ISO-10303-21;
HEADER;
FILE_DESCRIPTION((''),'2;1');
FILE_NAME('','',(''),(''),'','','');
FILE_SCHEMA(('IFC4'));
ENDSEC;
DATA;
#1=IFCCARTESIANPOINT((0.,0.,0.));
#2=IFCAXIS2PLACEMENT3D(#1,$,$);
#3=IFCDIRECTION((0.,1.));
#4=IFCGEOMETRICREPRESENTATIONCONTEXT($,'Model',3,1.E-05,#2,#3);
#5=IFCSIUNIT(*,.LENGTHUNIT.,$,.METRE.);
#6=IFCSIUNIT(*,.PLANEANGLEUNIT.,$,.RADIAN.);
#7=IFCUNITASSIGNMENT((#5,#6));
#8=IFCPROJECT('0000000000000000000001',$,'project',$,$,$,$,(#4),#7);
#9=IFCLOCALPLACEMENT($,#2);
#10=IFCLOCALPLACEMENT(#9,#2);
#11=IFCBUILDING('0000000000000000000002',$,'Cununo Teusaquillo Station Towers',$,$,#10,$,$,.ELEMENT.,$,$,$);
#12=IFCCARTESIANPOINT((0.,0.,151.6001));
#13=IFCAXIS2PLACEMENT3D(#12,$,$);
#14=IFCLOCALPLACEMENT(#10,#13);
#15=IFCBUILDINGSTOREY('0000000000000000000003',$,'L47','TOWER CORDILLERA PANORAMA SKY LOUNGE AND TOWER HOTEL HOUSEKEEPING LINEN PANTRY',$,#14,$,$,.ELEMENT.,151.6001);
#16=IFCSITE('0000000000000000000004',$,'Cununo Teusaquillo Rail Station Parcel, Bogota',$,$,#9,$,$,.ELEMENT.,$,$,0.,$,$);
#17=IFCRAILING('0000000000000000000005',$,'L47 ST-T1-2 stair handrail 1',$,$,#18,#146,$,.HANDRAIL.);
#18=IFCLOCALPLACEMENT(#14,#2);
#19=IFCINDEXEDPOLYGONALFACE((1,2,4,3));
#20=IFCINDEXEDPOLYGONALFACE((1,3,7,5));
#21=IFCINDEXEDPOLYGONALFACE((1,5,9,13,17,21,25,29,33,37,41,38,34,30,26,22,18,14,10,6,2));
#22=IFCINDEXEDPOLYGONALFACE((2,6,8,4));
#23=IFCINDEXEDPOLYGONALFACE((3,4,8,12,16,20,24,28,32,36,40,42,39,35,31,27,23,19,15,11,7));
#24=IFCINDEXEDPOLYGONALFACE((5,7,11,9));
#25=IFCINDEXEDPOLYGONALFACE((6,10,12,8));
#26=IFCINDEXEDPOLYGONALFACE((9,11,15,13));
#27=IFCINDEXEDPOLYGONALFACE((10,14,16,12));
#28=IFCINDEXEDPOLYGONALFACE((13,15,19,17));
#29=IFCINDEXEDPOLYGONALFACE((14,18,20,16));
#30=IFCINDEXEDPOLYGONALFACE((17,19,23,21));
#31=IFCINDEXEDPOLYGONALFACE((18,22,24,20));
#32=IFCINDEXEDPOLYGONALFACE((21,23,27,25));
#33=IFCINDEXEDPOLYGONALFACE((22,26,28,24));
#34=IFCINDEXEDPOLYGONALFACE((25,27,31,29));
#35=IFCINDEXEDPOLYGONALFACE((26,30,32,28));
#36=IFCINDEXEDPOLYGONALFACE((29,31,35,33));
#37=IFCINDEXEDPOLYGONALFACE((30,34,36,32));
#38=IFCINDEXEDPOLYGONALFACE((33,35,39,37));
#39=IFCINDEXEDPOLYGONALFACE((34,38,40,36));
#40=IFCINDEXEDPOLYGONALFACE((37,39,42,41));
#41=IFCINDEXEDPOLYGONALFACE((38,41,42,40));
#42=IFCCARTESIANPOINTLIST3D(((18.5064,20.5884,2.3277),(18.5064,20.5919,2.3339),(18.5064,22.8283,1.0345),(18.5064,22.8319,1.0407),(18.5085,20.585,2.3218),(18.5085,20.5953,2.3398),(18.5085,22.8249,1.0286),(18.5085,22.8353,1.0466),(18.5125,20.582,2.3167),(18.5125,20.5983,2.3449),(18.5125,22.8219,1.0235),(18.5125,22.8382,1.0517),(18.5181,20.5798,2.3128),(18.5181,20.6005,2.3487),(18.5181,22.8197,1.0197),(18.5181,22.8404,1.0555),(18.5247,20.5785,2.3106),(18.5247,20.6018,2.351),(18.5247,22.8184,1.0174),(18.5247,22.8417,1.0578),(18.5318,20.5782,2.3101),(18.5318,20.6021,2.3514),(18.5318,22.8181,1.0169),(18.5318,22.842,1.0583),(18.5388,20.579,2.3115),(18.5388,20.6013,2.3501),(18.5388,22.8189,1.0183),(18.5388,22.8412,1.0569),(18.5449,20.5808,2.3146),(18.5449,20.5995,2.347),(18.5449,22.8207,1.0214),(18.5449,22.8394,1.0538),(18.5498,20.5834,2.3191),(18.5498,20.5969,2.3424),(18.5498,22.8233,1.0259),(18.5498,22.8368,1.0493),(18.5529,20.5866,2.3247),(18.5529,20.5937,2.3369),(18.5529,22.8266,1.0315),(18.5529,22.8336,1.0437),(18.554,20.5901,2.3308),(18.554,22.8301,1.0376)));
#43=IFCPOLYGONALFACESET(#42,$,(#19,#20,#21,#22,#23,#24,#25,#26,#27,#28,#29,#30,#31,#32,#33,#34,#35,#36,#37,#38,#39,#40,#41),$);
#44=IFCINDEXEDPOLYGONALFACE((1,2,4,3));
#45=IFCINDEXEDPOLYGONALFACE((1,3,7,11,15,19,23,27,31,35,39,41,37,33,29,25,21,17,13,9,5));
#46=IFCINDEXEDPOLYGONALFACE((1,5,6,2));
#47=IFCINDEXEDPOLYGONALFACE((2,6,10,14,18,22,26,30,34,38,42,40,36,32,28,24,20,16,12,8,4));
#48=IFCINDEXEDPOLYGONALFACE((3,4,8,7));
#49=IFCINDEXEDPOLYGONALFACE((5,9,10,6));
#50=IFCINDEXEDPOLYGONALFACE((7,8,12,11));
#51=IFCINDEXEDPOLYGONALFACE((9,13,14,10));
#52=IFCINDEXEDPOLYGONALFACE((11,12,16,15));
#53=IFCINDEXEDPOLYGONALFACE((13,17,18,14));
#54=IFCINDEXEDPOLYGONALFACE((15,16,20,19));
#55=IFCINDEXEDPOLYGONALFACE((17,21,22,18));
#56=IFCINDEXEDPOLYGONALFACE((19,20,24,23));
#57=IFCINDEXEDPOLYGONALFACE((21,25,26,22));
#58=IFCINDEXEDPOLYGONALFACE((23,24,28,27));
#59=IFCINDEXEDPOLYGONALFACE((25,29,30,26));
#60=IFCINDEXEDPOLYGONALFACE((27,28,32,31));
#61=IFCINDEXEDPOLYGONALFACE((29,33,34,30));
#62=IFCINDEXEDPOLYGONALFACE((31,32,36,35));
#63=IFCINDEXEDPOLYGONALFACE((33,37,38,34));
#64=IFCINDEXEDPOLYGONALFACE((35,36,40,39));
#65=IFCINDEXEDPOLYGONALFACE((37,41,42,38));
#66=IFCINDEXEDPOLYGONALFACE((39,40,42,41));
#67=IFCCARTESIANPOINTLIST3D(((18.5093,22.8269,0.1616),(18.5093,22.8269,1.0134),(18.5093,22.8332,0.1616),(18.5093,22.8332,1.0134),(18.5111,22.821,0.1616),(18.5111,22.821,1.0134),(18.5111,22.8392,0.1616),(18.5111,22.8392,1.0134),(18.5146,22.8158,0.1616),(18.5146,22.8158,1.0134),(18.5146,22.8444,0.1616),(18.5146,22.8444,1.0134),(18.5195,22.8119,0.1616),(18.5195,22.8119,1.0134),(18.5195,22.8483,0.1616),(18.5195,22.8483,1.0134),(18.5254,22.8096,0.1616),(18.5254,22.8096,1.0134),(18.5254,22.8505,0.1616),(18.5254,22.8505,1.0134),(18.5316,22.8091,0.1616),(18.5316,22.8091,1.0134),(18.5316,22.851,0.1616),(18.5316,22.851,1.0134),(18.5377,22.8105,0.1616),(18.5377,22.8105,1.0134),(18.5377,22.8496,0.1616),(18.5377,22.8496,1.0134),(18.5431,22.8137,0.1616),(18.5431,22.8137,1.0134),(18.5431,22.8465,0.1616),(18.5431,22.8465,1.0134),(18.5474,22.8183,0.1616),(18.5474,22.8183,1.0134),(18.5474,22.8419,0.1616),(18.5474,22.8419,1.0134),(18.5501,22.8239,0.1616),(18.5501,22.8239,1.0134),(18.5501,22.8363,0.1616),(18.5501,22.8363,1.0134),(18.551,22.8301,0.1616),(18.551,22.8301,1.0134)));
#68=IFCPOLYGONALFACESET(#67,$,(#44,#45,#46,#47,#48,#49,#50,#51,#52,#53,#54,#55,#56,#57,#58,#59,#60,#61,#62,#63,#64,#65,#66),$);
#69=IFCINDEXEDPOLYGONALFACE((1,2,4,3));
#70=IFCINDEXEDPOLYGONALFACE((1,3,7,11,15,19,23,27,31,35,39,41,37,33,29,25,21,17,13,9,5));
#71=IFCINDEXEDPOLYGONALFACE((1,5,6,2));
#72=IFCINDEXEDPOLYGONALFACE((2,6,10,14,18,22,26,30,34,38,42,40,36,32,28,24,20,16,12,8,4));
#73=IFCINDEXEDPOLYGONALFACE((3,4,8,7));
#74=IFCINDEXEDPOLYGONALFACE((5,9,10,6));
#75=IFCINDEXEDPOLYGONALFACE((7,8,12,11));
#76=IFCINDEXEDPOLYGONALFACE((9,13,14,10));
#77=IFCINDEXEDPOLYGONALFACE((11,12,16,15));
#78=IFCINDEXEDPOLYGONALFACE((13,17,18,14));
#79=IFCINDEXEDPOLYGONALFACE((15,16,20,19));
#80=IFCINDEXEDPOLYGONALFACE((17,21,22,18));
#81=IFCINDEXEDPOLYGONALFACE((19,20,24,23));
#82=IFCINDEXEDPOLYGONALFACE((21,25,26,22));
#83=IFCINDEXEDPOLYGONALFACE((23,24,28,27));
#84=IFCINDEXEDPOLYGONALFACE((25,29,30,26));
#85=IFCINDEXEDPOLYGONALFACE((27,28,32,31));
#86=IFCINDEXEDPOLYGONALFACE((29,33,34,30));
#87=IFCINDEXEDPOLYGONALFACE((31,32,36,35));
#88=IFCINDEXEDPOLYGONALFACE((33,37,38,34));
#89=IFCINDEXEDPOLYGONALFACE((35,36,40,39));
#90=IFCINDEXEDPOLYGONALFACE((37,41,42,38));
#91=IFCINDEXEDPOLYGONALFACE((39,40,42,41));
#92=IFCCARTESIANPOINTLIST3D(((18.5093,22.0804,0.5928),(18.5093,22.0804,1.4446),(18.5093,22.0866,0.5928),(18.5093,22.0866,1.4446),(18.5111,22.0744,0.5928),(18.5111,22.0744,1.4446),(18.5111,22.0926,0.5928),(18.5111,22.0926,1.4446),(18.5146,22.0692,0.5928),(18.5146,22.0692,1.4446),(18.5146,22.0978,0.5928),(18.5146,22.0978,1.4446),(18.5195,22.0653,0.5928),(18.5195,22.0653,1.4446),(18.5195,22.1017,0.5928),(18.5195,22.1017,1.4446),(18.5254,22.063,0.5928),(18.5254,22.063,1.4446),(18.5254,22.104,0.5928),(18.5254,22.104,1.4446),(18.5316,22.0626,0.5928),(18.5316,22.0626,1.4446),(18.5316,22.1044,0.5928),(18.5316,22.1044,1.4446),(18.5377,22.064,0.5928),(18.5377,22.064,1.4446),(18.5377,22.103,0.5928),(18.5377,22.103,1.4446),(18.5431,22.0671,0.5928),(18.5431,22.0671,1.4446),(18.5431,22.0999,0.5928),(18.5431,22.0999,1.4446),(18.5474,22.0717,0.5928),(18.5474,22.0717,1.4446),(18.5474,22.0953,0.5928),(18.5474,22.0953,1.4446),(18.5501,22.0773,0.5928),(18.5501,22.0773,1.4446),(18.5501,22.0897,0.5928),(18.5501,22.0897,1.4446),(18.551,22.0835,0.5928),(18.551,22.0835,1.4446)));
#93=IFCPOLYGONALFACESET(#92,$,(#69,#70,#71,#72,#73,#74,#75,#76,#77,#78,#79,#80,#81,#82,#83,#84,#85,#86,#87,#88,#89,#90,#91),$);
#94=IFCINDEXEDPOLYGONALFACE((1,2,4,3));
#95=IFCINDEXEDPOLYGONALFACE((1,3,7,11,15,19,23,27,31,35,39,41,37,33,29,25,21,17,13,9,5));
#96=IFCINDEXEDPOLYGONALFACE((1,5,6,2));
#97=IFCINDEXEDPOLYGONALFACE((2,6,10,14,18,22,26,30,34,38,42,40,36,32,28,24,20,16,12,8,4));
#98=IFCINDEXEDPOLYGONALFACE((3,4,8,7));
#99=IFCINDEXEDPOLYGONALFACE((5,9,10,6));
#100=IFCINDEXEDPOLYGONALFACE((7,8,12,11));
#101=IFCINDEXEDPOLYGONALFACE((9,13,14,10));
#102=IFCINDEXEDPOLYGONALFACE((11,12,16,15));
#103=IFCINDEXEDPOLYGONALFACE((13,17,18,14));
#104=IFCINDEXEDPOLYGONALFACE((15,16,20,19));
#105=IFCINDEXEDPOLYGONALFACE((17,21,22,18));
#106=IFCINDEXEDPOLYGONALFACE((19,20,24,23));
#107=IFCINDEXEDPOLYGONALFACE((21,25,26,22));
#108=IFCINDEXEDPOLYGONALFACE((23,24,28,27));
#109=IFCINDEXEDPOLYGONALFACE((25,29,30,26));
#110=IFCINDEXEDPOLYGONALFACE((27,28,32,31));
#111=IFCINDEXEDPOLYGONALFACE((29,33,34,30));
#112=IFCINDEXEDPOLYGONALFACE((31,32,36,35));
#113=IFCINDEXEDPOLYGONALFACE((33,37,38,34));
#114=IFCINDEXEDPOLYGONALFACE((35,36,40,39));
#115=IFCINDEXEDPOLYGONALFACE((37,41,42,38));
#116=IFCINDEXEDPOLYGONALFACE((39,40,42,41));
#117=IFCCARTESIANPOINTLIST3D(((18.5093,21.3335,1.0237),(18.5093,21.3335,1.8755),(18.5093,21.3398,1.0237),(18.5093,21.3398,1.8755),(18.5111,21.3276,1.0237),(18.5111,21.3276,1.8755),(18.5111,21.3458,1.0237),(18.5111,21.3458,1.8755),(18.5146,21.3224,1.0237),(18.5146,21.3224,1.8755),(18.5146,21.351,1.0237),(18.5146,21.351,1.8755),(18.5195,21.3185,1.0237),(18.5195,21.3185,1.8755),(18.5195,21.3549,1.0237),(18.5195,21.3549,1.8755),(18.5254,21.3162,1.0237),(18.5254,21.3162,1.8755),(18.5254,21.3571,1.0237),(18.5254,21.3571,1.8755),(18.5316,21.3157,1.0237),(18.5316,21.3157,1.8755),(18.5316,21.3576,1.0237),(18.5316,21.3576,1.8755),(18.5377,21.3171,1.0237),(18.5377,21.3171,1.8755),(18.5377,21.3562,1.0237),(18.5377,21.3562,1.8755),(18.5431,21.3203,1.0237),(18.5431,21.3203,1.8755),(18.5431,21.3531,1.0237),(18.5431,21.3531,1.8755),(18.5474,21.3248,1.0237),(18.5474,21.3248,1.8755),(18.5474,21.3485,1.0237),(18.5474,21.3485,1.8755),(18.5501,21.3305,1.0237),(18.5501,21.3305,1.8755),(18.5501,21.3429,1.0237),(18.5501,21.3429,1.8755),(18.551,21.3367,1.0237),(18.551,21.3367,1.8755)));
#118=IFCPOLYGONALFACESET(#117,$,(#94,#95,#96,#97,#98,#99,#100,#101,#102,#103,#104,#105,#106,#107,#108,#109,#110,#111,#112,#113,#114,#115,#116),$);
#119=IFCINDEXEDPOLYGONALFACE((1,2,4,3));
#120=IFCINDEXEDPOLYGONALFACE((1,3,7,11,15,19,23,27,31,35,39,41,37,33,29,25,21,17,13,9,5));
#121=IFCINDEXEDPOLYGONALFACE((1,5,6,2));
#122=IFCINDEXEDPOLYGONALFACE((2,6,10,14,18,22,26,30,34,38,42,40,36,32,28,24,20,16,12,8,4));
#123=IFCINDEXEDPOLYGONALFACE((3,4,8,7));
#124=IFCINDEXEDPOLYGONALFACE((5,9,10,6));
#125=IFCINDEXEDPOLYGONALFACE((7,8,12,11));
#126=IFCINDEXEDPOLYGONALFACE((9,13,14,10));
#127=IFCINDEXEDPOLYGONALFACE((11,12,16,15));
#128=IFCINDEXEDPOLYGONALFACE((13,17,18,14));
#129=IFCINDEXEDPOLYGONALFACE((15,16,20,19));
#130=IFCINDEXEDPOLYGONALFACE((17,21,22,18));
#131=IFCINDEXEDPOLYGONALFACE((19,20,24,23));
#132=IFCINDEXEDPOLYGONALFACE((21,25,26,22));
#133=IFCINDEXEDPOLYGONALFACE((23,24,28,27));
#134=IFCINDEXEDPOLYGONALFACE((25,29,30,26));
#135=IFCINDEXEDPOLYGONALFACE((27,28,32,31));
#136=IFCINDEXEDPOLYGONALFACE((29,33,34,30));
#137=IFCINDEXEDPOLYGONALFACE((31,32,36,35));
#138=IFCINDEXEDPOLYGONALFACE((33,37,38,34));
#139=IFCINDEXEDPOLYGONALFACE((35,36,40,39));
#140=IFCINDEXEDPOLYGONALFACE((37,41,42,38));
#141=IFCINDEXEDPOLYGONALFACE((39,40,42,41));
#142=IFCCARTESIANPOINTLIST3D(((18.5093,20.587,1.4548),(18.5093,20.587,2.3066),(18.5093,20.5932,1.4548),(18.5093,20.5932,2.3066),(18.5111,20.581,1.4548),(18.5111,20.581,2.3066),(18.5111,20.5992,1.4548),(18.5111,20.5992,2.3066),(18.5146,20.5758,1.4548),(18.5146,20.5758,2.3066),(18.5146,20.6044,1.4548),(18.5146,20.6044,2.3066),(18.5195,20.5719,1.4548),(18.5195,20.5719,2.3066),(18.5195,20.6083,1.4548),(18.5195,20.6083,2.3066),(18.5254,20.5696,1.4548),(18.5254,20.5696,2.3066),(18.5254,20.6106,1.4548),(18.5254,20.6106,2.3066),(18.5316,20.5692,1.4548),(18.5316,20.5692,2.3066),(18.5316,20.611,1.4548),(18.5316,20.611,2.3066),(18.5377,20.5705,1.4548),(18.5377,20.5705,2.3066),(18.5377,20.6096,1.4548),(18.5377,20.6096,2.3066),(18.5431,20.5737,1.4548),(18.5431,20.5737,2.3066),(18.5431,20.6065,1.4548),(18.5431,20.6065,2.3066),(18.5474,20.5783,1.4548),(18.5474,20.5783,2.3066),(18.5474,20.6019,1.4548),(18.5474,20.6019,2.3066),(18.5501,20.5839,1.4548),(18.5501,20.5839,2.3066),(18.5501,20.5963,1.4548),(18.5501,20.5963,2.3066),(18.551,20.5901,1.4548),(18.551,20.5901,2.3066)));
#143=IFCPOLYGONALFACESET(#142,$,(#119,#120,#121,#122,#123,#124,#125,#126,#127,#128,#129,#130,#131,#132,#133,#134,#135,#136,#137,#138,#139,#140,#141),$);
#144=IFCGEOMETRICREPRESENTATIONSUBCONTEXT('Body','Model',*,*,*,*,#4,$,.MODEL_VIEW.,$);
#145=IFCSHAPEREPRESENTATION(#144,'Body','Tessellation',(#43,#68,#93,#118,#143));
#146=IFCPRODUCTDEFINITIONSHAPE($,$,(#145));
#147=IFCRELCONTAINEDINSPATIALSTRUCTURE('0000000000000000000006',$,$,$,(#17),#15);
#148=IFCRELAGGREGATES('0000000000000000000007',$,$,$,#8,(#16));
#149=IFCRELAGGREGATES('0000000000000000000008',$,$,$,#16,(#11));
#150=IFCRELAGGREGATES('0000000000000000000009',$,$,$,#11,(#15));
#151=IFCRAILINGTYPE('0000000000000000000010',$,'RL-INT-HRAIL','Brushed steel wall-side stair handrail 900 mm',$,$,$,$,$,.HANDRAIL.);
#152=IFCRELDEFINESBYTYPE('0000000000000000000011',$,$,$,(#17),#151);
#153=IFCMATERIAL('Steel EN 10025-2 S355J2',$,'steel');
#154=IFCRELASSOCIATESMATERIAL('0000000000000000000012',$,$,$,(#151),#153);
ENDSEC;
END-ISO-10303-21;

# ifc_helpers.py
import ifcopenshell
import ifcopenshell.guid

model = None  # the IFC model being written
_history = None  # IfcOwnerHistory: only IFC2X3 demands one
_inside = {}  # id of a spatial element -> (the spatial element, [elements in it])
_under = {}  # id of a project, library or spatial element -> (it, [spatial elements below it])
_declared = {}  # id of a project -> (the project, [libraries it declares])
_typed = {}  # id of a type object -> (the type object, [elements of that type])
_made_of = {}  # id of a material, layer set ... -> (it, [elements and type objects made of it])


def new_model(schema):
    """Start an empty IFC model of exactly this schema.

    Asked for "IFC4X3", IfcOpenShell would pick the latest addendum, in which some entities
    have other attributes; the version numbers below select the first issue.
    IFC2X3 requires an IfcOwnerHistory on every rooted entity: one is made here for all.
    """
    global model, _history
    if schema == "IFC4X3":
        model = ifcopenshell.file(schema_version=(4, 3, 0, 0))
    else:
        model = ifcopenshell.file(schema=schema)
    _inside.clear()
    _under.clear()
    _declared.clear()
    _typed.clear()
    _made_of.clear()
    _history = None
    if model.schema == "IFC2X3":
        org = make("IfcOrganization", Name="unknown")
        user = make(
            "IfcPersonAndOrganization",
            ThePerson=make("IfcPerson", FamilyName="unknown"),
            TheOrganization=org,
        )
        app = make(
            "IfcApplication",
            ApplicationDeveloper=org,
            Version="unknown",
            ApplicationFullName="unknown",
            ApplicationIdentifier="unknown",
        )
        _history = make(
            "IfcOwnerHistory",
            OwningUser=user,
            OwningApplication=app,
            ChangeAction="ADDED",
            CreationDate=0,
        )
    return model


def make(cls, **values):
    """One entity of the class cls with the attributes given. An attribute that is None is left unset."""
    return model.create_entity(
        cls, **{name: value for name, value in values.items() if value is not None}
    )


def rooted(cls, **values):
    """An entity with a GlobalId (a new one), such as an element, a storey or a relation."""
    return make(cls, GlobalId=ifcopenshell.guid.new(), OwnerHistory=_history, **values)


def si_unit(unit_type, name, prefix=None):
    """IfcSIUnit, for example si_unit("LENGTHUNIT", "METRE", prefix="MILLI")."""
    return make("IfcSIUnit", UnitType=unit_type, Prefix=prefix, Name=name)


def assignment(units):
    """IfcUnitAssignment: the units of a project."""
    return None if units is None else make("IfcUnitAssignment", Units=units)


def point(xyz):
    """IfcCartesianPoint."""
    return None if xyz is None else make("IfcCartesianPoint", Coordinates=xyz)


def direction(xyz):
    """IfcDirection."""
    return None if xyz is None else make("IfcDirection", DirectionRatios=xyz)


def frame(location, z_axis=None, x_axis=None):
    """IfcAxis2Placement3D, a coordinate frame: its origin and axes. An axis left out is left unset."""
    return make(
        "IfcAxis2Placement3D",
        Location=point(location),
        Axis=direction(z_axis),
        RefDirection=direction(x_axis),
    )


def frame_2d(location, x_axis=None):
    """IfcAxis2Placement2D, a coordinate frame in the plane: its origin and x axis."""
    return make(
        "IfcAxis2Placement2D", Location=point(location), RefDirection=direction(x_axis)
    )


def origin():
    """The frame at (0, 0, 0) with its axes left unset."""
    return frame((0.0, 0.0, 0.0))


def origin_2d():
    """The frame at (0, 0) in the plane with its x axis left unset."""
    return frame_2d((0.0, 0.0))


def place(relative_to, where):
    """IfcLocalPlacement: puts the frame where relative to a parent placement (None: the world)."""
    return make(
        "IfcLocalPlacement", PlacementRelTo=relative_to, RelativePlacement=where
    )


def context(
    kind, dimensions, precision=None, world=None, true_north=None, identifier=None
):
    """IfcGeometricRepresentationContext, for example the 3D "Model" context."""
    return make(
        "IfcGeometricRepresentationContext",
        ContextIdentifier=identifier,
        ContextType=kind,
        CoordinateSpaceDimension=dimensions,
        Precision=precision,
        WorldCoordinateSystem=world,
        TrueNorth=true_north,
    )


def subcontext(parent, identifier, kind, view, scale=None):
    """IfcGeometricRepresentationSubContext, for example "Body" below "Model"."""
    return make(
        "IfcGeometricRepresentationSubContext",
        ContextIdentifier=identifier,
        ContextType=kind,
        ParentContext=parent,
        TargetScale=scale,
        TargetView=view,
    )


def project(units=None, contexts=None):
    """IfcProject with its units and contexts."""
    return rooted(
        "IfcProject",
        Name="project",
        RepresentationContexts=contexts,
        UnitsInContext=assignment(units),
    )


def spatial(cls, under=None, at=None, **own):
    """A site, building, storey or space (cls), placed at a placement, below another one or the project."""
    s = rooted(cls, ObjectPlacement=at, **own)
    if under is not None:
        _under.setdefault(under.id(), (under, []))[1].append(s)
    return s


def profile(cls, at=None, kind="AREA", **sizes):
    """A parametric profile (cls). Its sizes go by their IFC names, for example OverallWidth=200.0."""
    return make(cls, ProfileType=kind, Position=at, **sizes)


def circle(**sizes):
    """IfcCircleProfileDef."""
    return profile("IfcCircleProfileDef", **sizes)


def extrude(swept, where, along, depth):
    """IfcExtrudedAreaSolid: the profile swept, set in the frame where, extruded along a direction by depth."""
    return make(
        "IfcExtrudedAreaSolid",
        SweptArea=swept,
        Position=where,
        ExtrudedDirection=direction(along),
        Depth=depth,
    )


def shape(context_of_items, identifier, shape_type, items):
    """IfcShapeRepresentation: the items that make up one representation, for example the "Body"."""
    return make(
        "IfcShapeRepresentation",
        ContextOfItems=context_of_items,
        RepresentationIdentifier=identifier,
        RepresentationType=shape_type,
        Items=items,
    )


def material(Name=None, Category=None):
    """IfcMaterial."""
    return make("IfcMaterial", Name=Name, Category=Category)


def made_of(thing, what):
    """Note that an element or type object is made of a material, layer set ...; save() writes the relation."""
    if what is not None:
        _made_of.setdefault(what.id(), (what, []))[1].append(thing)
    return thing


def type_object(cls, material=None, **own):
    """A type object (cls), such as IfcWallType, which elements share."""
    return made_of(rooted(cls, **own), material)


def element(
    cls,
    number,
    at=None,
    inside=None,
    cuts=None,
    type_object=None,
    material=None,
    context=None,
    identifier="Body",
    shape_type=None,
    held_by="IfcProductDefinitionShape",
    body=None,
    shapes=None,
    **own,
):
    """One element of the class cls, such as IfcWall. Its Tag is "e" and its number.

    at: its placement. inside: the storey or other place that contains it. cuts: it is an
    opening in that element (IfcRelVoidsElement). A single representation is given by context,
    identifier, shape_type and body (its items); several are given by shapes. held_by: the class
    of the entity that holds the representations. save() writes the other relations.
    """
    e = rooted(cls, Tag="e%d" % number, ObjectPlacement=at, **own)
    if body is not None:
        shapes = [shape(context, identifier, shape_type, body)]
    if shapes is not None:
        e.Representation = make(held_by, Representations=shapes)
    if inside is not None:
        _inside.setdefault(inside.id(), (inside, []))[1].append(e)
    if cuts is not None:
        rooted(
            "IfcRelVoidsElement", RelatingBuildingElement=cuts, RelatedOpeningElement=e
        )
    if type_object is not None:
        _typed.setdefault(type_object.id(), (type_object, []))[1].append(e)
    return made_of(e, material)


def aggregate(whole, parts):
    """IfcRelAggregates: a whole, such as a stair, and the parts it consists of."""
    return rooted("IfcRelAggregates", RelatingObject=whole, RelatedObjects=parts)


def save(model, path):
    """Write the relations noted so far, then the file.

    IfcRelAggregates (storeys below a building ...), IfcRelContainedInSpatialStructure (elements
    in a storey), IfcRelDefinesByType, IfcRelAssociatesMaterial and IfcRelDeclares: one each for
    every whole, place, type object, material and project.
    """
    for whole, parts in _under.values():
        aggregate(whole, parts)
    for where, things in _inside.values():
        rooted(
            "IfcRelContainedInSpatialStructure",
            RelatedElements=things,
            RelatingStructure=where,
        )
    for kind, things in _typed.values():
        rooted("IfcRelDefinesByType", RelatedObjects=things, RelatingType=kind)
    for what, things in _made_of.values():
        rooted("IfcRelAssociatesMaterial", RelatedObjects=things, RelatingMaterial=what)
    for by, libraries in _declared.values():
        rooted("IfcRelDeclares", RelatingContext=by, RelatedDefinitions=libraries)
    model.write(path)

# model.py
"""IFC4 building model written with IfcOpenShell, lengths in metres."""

from ifc_helpers import new_model, si_unit, direction, frame, origin, origin_2d, place, context, subcontext, project, spatial, circle, extrude, material, type_object, element, save


model = new_model("IFC4")

# Units and contexts
model_context = context("Model", 3, precision=1e-05, world=origin(), true_north=direction((0.0, 1.0)))
body_context = subcontext(model_context, "Body", "Model", "MODEL_VIEW")
ifc_project = project(units=[si_unit("LENGTHUNIT", "METRE"), si_unit("PLANEANGLEUNIT", "RADIAN")], contexts=[model_context])

# Site, building, storey
site_placement = place(None, origin())
site = spatial("IfcSite", under=ifc_project, at=site_placement, Name="Cununo Teusaquillo Rail Station Parcel, Bogota", CompositionType="ELEMENT", RefElevation=0.0)
building_placement = place(site_placement, origin())
building = spatial("IfcBuilding", under=site, at=building_placement, Name="Cununo Teusaquillo Station Towers", CompositionType="ELEMENT")
storey_placement = place(building_placement, frame((0.0, 0.0, 151.6001)))
storey = spatial("IfcBuildingStorey", under=building, at=storey_placement, Name="L47", Description="TOWER CORDILLERA PANORAMA SKY LOUNGE AND TOWER HOTEL HOUSEKEEPING LINEN PANTRY", CompositionType="ELEMENT", Elevation=151.6001)

# Railing
ifc_material_1 = material(Name="Steel EN 10025-2 S355J2", Category="steel")
railing_type_1 = type_object("IfcRailingType", Name="RL-INT-HRAIL", Description="Brushed steel wall-side stair handrail 900 mm", PredefinedType="HANDRAIL", material=ifc_material_1)
railing_1_placement = place(storey_placement, frame((18.53, 22.8301, 0.1616)))
element("IfcRailing", 1, at=railing_1_placement, inside=storey, type_object=railing_type_1, Name="L47 ST-T1-2 stair handrail 1", PredefinedType="HANDRAIL", context=body_context, shape_type="SweptSolid", body=[
    extrude(circle(Radius=0.0239, at=origin_2d()), frame((0.0, 0.0, 0.876), z_axis=(0.0, -0.866033, 0.499987), x_axis=(1.0, 0.0, 0.0)), (0.0, 0.0, 1.0), 2.5864),
    extrude(circle(Radius=0.021, at=origin_2d()), origin(), (0.0, 0.0, 1.0), 0.8518),
    extrude(circle(Radius=0.021, at=origin_2d()), frame((0.0, -0.7466, 0.4312)), (0.0, 0.0, 1.0), 0.8518),
    extrude(circle(Radius=0.021, at=origin_2d()), frame((0.0, -1.4934, 0.8621)), (0.0, 0.0, 1.0), 0.8518),
    extrude(circle(Radius=0.021, at=origin_2d()), frame((0.0, -2.24, 1.2932)), (0.0, 0.0, 1.0), 0.8518),
])

save(model, "model.ifc")
